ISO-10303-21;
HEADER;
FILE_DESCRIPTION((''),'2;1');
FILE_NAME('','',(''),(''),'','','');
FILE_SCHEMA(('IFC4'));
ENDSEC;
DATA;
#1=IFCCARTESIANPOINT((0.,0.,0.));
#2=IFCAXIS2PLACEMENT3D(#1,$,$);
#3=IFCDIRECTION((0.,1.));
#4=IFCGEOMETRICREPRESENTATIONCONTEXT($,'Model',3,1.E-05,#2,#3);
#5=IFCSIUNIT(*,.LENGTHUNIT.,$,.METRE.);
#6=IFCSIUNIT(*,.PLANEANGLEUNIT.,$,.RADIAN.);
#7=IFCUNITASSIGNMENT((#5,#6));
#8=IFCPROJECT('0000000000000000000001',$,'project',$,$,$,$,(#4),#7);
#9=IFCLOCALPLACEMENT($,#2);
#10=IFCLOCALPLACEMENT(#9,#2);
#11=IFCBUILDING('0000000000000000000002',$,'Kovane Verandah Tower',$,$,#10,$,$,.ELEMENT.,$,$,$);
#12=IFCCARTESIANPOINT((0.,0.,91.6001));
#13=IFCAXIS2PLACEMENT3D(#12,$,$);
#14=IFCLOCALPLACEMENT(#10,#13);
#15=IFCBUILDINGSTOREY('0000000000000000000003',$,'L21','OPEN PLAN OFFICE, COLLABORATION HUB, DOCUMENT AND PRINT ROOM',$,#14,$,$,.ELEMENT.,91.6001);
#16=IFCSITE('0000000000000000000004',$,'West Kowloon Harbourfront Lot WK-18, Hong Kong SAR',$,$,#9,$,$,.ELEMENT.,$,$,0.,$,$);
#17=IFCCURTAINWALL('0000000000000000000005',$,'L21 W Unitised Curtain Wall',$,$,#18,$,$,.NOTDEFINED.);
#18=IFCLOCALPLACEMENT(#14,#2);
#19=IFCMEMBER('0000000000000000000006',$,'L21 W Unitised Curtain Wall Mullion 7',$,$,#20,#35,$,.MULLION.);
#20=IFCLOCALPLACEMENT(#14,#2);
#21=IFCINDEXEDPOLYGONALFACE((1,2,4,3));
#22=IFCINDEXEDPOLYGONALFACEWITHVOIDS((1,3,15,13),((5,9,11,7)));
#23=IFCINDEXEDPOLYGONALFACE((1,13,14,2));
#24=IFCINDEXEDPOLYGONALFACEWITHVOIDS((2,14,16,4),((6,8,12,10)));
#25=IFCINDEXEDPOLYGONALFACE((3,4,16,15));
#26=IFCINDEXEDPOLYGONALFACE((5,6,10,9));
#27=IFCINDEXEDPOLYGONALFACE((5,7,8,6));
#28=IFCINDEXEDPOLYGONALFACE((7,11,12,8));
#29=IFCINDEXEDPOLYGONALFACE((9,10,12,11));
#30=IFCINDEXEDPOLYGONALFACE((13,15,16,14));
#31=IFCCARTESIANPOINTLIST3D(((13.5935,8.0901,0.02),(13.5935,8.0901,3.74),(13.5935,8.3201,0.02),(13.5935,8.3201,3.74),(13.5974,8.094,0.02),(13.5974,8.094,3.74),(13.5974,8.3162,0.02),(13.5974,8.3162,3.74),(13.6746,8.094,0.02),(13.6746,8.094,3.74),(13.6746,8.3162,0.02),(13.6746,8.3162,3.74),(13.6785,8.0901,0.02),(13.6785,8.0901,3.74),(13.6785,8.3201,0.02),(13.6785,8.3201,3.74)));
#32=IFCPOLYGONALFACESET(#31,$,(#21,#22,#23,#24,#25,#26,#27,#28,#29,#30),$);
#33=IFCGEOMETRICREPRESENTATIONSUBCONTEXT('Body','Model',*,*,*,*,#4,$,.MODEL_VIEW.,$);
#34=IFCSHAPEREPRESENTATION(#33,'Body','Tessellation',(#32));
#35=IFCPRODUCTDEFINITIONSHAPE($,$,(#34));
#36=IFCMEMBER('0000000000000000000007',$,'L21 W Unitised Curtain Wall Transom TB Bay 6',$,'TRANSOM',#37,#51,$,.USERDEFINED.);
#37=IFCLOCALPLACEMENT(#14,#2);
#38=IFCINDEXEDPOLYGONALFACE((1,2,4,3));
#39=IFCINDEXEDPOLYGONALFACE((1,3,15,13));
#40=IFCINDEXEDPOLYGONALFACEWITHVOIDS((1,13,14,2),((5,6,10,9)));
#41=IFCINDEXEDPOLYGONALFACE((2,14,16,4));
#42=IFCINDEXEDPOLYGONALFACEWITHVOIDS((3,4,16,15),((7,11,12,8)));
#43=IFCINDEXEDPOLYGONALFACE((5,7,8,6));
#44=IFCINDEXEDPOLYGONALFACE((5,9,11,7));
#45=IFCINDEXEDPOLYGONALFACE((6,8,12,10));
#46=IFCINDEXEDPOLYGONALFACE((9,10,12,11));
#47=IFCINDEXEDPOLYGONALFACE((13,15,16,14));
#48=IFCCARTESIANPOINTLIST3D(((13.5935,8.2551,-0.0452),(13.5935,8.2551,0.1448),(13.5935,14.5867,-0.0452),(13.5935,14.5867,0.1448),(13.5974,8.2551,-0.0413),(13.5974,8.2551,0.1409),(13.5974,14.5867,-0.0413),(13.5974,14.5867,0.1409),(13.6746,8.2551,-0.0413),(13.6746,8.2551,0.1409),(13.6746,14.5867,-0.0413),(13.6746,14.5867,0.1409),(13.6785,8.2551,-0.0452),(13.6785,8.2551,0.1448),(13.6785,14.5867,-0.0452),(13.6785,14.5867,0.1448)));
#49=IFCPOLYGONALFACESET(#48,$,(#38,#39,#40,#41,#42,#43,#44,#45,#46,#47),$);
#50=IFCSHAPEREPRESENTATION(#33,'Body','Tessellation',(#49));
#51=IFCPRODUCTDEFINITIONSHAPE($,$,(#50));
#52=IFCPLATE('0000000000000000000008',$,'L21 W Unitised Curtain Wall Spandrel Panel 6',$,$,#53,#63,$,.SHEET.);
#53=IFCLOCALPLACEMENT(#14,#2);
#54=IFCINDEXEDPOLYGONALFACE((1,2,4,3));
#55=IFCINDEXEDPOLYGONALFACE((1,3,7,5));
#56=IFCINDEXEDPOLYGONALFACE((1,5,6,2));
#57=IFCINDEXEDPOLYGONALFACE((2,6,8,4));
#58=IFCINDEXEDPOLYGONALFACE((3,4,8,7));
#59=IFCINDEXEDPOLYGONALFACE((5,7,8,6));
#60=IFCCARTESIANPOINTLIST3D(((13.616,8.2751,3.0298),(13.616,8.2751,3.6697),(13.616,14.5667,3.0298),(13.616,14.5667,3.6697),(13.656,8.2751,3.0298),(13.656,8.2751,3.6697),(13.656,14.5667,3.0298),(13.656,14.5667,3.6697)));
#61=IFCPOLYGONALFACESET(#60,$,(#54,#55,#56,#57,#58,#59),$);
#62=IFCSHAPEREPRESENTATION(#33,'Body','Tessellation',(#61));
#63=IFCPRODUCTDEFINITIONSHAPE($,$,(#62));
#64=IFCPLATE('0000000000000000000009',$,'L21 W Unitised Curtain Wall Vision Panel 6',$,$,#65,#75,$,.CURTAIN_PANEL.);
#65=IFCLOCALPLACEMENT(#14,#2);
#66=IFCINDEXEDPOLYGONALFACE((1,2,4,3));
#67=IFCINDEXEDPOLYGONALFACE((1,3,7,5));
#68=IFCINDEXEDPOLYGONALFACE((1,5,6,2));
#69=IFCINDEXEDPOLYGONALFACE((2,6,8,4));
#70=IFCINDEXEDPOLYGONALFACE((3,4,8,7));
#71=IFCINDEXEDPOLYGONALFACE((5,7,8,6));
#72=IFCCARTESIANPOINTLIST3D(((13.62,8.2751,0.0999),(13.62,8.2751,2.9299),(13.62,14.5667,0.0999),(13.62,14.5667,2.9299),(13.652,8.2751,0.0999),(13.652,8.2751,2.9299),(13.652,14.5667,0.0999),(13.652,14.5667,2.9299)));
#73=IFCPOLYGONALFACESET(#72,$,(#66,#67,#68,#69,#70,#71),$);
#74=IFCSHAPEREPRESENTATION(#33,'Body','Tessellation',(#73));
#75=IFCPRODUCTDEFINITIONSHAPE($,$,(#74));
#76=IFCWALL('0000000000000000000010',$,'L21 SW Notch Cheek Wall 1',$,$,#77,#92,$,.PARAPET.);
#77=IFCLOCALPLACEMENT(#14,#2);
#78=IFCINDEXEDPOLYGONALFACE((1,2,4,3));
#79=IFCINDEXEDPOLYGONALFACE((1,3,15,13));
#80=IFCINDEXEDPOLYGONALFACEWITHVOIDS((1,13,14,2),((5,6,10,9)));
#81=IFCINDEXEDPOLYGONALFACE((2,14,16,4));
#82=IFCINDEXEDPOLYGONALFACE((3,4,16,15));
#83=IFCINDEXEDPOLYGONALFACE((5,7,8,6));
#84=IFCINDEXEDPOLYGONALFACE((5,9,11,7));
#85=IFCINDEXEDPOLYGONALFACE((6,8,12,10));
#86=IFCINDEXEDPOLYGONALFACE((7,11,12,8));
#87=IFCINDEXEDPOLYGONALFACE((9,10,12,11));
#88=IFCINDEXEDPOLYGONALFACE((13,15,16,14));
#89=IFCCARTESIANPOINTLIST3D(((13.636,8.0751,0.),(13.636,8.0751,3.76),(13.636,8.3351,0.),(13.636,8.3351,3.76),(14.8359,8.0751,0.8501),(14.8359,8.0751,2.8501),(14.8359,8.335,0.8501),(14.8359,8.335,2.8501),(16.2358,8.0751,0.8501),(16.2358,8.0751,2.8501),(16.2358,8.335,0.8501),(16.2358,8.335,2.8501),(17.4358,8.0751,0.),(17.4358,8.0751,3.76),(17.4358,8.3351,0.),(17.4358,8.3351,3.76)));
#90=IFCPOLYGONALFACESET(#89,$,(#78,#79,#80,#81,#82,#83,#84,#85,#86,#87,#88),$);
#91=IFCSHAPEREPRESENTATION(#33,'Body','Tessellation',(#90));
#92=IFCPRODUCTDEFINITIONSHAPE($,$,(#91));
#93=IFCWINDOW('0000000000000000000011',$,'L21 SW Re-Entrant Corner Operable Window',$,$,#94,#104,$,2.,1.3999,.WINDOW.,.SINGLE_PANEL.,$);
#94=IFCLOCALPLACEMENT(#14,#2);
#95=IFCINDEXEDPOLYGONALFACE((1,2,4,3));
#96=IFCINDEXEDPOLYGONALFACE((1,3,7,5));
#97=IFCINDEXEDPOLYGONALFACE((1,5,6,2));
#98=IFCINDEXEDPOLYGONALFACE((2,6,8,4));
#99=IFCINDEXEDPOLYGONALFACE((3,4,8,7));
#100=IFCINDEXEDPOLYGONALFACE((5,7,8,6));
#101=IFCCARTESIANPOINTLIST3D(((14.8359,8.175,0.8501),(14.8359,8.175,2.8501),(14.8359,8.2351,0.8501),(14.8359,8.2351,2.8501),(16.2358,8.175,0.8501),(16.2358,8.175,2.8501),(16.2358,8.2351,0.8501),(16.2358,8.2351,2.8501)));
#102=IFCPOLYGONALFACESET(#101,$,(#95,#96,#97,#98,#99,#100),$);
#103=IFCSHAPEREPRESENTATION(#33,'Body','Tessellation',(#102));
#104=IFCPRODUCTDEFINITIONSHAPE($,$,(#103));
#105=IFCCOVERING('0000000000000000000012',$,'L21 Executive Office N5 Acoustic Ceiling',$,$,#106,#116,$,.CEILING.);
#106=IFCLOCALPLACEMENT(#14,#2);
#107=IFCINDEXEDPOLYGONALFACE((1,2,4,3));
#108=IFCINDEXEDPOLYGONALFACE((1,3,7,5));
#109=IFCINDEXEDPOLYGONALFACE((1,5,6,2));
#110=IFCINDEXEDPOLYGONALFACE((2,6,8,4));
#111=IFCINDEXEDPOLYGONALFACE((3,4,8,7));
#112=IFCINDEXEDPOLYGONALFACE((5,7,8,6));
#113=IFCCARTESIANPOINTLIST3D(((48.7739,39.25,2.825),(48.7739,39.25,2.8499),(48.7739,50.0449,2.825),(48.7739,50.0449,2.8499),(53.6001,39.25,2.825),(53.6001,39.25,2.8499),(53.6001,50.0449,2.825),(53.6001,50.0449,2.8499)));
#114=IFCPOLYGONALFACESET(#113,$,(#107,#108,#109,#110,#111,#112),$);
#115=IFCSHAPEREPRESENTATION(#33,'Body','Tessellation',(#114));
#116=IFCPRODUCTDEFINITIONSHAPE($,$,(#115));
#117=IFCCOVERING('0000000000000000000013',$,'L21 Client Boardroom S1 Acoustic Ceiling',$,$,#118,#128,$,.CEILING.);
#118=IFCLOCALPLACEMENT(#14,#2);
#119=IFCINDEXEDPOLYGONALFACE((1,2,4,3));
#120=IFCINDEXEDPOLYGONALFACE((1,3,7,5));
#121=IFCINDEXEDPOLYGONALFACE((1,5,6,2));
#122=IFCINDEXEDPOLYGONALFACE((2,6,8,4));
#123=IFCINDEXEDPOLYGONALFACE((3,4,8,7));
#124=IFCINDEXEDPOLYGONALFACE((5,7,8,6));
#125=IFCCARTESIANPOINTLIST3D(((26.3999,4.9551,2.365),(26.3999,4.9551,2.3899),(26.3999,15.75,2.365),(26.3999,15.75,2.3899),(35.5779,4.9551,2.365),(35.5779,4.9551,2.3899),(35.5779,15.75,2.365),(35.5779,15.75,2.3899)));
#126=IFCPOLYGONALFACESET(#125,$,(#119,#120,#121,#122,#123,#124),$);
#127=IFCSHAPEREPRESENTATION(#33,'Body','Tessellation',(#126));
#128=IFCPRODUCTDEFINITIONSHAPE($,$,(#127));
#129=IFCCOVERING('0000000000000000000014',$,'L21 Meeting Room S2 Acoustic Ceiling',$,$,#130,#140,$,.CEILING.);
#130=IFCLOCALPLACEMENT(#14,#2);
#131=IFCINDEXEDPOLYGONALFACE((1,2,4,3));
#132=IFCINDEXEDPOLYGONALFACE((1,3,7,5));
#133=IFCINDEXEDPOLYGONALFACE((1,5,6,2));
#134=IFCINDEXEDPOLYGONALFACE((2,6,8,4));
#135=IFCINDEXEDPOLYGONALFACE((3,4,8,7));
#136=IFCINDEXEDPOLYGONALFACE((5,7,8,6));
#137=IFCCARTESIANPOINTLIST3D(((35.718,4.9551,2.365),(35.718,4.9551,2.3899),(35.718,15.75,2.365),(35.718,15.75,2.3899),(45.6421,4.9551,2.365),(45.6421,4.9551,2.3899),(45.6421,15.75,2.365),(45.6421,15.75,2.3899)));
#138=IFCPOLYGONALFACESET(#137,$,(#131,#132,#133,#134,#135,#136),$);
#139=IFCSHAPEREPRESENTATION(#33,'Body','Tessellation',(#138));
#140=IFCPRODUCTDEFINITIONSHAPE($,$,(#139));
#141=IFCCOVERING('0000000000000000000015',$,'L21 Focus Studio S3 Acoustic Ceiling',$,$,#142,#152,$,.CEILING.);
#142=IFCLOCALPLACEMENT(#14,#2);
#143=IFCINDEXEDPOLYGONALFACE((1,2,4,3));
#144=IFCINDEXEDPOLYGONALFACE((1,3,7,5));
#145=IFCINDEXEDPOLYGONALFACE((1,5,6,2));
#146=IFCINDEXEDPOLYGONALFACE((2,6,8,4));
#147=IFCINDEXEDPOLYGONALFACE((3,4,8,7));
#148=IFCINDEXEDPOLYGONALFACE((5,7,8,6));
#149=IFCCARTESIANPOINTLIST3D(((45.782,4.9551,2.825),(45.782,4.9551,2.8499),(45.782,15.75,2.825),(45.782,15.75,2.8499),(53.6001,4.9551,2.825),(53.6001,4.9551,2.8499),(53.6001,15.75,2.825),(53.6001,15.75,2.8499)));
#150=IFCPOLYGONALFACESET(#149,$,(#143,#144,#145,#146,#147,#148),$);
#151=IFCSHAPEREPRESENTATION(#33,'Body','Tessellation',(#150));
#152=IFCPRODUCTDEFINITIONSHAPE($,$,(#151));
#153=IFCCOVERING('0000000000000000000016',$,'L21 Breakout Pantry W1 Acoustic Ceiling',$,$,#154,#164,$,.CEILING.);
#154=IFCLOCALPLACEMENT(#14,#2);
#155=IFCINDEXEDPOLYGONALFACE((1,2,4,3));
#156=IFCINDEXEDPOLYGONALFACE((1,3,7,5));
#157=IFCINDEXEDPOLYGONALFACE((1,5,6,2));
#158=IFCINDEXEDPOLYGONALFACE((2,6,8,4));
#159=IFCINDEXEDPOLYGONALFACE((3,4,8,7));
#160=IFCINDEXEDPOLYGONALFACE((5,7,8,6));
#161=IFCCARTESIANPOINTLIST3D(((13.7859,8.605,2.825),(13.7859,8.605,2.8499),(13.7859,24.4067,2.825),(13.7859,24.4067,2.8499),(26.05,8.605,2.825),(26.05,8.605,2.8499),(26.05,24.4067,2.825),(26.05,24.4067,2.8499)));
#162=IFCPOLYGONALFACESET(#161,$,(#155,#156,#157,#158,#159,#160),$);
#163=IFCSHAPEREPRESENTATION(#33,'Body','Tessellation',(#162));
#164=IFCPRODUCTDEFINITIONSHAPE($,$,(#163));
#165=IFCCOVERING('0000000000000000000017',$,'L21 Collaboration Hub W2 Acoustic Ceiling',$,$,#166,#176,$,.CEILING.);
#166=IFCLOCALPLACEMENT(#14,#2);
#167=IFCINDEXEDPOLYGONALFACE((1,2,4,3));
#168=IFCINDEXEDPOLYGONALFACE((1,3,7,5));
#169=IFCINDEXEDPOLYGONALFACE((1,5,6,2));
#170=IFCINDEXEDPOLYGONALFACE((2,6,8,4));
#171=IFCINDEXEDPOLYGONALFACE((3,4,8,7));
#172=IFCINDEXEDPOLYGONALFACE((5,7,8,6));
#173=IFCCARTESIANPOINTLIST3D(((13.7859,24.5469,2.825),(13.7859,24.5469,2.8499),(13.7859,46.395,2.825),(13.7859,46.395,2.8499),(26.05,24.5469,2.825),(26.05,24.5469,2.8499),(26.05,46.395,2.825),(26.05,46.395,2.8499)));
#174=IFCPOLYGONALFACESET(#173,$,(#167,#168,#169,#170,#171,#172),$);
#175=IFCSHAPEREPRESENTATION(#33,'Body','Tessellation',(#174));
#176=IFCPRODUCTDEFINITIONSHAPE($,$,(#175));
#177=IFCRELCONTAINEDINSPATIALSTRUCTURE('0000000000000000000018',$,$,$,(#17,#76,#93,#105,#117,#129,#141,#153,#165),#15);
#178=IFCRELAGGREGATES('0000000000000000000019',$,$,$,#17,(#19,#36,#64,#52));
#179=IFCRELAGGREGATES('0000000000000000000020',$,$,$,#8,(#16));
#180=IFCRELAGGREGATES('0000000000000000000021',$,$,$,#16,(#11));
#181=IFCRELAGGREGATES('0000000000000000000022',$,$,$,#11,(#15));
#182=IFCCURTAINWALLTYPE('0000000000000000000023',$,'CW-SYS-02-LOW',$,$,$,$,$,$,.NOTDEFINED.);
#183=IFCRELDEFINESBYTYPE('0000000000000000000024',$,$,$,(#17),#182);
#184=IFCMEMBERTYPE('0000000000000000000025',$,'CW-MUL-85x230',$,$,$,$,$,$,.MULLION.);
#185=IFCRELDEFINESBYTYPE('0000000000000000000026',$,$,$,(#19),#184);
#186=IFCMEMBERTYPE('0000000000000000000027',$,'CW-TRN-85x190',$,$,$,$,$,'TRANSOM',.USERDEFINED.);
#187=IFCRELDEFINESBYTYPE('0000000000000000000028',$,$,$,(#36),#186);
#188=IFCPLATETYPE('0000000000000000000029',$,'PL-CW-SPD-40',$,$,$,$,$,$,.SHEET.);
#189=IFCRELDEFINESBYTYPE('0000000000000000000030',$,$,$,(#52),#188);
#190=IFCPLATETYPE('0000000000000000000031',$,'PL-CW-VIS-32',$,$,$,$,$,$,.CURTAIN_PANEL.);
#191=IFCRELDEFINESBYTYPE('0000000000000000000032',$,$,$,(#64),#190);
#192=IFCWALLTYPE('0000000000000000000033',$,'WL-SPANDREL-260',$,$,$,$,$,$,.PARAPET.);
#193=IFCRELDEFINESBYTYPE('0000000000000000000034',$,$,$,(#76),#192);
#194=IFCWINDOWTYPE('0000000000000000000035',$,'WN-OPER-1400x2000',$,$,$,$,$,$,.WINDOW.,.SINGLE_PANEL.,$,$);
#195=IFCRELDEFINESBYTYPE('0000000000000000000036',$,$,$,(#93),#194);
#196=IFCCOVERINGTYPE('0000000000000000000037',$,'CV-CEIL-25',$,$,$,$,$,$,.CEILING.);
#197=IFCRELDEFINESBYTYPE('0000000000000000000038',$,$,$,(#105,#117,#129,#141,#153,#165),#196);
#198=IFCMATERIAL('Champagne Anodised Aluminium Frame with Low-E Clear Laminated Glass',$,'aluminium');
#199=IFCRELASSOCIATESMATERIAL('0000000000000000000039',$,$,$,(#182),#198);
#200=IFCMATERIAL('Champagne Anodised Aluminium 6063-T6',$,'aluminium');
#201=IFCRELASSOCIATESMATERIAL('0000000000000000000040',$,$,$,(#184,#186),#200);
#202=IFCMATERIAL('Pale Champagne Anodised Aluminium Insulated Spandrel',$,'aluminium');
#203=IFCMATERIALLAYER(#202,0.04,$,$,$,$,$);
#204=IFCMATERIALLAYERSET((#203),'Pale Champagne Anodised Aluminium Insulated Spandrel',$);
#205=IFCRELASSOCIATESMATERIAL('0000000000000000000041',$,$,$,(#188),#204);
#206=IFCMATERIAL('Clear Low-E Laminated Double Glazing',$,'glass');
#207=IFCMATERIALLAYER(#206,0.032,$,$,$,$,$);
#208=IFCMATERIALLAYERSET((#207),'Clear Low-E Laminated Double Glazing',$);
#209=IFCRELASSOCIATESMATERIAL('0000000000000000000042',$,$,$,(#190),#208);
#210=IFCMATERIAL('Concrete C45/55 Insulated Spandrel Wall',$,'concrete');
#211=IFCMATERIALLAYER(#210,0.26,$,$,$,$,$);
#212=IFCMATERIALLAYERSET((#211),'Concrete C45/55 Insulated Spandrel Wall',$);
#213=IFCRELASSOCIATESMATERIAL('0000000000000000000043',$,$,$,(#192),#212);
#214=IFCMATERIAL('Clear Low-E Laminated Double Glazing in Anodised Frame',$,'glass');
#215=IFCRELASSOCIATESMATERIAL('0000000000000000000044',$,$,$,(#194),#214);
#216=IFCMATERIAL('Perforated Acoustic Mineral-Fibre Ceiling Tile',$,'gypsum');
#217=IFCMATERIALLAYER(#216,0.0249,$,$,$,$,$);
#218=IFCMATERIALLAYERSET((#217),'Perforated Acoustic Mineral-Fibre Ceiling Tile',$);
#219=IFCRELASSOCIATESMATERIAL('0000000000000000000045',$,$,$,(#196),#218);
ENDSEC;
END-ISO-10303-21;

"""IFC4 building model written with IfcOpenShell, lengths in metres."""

from ifc_helpers import new_model, si_unit, direction, frame, frame_2d, origin, origin_2d, place, context, subcontext, project, spatial, polyline, rectangle, hollow_rectangle, outline, extrude, material, layer, layer_set, material_profile, profile_set, type_object, element, fill, aggregate, save


model = new_model("IFC4")

# Units and contexts
model_context = context("Model", 3, precision=1e-05, world=origin(), true_north=direction((0.0, 1.0)))
body_context = subcontext(model_context, "Body", "Model", "MODEL_VIEW")
ifc_project = project(units=[si_unit("LENGTHUNIT", "METRE"), si_unit("PLANEANGLEUNIT", "RADIAN")], contexts=[model_context])

# Site, building, storey
site_placement = place(None, origin())
site = spatial("IfcSite", under=ifc_project, at=site_placement, Name="West Kowloon Harbourfront Lot WK-18, Hong Kong SAR", CompositionType="ELEMENT", RefElevation=0.0)
building_placement = place(site_placement, origin())
building = spatial("IfcBuilding", under=site, at=building_placement, Name="Kovane Verandah Tower", CompositionType="ELEMENT")
storey_placement = place(building_placement, frame((0.0, 0.0, 91.6001)))
storey = spatial("IfcBuildingStorey", under=building, at=storey_placement, Name="L21", Description="OPEN PLAN OFFICE, COLLABORATION HUB, DOCUMENT AND PRINT ROOM", CompositionType="ELEMENT", Elevation=91.6001)

# Curtain wall, members, plates
ifc_material_1 = material(Name="Champagne Anodised Aluminium Frame with Low-E Clear Laminated Glass", Category="aluminium")
curtain_wall_type = type_object("IfcCurtainWallType", Name="CW-SYS-02-LOW", PredefinedType="NOTDEFINED", material=ifc_material_1)
curtain_wall_placement = place(storey_placement, origin())
curtain_wall = element("IfcCurtainWall", 1, at=curtain_wall_placement, inside=storey, type_object=curtain_wall_type, Name="L21 W Unitised Curtain Wall", PredefinedType="NOTDEFINED")
ifc_material_2 = material(Name="Champagne Anodised Aluminium 6063-T6", Category="aluminium")
ifc_material_profile_1 = material_profile(ifc_material_2, hollow_rectangle(XDim=0.085, YDim=0.23, WallThickness=0.0039, at=origin_2d()), Name="AL85x230x4")
ifc_profile_set_1 = profile_set([ifc_material_profile_1], Name="Champagne Anodised Aluminium 6063-T6")
member_type_1 = type_object("IfcMemberType", Name="CW-MUL-85x230", PredefinedType="MULLION", material=ifc_profile_set_1)
member_1_placement = place(storey_placement, frame((13.636, 8.2051, 0.02), z_axis=(0.0, 0.0, 1.0), x_axis=(-1.0, 0.0, 0.0)))
member_1 = element("IfcMember", 2, at=member_1_placement, type_object=member_type_1, Name="L21 W Unitised Curtain Wall Mullion 7", PredefinedType="MULLION", context=body_context, shape_type="SweptSolid", body=[
    extrude(hollow_rectangle(XDim=0.085, YDim=0.23, WallThickness=0.0039, at=origin_2d()), origin(), (0.0, 0.0, 1.0), 3.72),
])
ifc_material_profile_2 = material_profile(ifc_material_2, hollow_rectangle(XDim=0.085, YDim=0.1899, WallThickness=0.0039, at=origin_2d()), Name="AL85x190x4")
ifc_profile_set_2 = profile_set([ifc_material_profile_2], Name="Champagne Anodised Aluminium 6063-T6")
member_type_2 = type_object("IfcMemberType", Name="CW-TRN-85x190", ElementType="TRANSOM", PredefinedType="USERDEFINED", material=ifc_profile_set_2)
member_2_placement = place(storey_placement, frame((13.636, 14.5867, 0.0498), z_axis=(0.0, -1.0, 0.0), x_axis=(1.0, 0.0, 0.0)))
member_2 = element("IfcMember", 3, at=member_2_placement, type_object=member_type_2, Name="L21 W Unitised Curtain Wall Transom TB Bay 6", ObjectType="TRANSOM", PredefinedType="USERDEFINED", context=body_context, shape_type="SweptSolid", body=[
    extrude(hollow_rectangle(XDim=0.085, YDim=0.1899, WallThickness=0.0039, at=origin_2d()), origin(), (0.0, 0.0, 1.0), 6.3315),
])
ifc_material_3 = material(Name="Pale Champagne Anodised Aluminium Insulated Spandrel", Category="aluminium")
ifc_layer_1 = layer(ifc_material_3, 0.04)
ifc_layer_set_1 = layer_set([ifc_layer_1], Name="Pale Champagne Anodised Aluminium Insulated Spandrel")
plate_type_1 = type_object("IfcPlateType", Name="PL-CW-SPD-40", PredefinedType="SHEET", material=ifc_layer_set_1)
plate_1_placement = place(storey_placement, frame((13.636, 11.4209, 3.0298), z_axis=(0.0, 0.0, 1.0), x_axis=(0.0, -1.0, 0.0)))
plate_1 = element("IfcPlate", 4, at=plate_1_placement, type_object=plate_type_1, Name="L21 W Unitised Curtain Wall Spandrel Panel 6", PredefinedType="SHEET", context=body_context, shape_type="SweptSolid", body=[
    extrude(rectangle(XDim=6.2915, YDim=0.04, at=origin_2d()), origin(), (0.0, 0.0, 1.0), 0.6399),
])
ifc_material_4 = material(Name="Clear Low-E Laminated Double Glazing", Category="glass")
ifc_layer_2 = layer(ifc_material_4, 0.032)
ifc_layer_set_2 = layer_set([ifc_layer_2], Name="Clear Low-E Laminated Double Glazing")
plate_type_2 = type_object("IfcPlateType", Name="PL-CW-VIS-32", PredefinedType="CURTAIN_PANEL", material=ifc_layer_set_2)
plate_2_placement = place(storey_placement, frame((13.636, 11.4209, 0.0999), z_axis=(0.0, 0.0, 1.0), x_axis=(0.0, -1.0, 0.0)))
plate_2 = element("IfcPlate", 5, at=plate_2_placement, type_object=plate_type_2, Name="L21 W Unitised Curtain Wall Vision Panel 6", PredefinedType="CURTAIN_PANEL", context=body_context, shape_type="SweptSolid", body=[
    extrude(rectangle(XDim=6.2915, YDim=0.032, at=origin_2d()), origin(), (0.0, 0.0, 1.0), 2.8301),
])
aggregate(curtain_wall, [member_1, member_2, plate_2, plate_1])

# Wall, opening, window
ifc_material_5 = material(Name="Concrete C45/55 Insulated Spandrel Wall", Category="concrete")
ifc_layer_3 = layer(ifc_material_5, 0.26)
ifc_layer_set_3 = layer_set([ifc_layer_3], Name="Concrete C45/55 Insulated Spandrel Wall")
wall_type = type_object("IfcWallType", Name="WL-SPANDREL-260", PredefinedType="PARAPET", material=ifc_layer_set_3)
wall_placement = place(storey_placement, frame((13.636, 8.2051, 0.0), z_axis=(0.0, 0.0, 1.0), x_axis=(1.0, 0.0, 0.0)))
wall = element("IfcWall", 6, at=wall_placement, inside=storey, type_object=wall_type, Name="L21 SW Notch Cheek Wall 1", PredefinedType="PARAPET", context=body_context, shape_type="SweptSolid", body=[
    extrude(rectangle(XDim=3.7998, YDim=0.26, at=frame_2d((1.8999, 0.0))), origin(), (0.0, 0.0, 1.0), 3.76),
])
opening_placement = place(wall_placement, frame((1.2, 0.0, 0.8501)))
opening = element("IfcOpeningElement", 7, at=opening_placement, cuts=wall, PredefinedType="OPENING", context=body_context, shape_type="SweptSolid", body=[
    extrude(rectangle(XDim=1.3999, YDim=2.0, at=frame_2d((0.7, 1.0))), frame((0.0, 0.1299, 0.0), z_axis=(0.0, -1.0, 0.0), x_axis=(1.0, 0.0, 0.0)), (0.0, 0.0, 1.0), 0.26),
])
ifc_material_6 = material(Name="Clear Low-E Laminated Double Glazing in Anodised Frame", Category="glass")
window_type = type_object("IfcWindowType", Name="WN-OPER-1400x2000", PartitioningType="SINGLE_PANEL", PredefinedType="WINDOW", material=ifc_material_6)
window_placement = place(opening_placement, origin())
window = element("IfcWindow", 8, at=window_placement, inside=storey, type_object=window_type, Name="L21 SW Re-Entrant Corner Operable Window", OverallHeight=2.0, OverallWidth=1.3999, PartitioningType="SINGLE_PANEL", PredefinedType="WINDOW", context=body_context, shape_type="SweptSolid", body=[
    extrude(rectangle(XDim=1.3999, YDim=2.0, at=frame_2d((0.7, 1.0))), frame((0.0, 0.03, 0.0), z_axis=(0.0, -1.0, 0.0), x_axis=(1.0, 0.0, 0.0)), (0.0, 0.0, 1.0), 0.0601),
])
fill(opening, window)

# Coverings
ifc_material_7 = material(Name="Perforated Acoustic Mineral-Fibre Ceiling Tile", Category="gypsum")
ifc_layer_4 = layer(ifc_material_7, 0.0249)
ifc_layer_set_4 = layer_set([ifc_layer_4], Name="Perforated Acoustic Mineral-Fibre Ceiling Tile")
covering_type_1 = type_object("IfcCoveringType", Name="CV-CEIL-25", PredefinedType="CEILING", material=ifc_layer_set_4)
covering_1_placement = place(storey_placement, frame((0.0, 0.0, 2.825)))
element("IfcCovering", 9, at=covering_1_placement, inside=storey, type_object=covering_type_1, Name="L21 Executive Office N5 Acoustic Ceiling", PredefinedType="CEILING", context=body_context, shape_type="SweptSolid", body=[
    extrude(outline(polyline([(48.7739, 39.25), (53.6001, 39.25), (53.6001, 50.0449), (48.7739, 50.0449), (48.7739, 39.25)])), origin(), (0.0, 0.0, 1.0), 0.0249),
])
covering_2_placement = place(storey_placement, frame((0.0, 0.0, 2.365)))
element("IfcCovering", 10, at=covering_2_placement, inside=storey, type_object=covering_type_1, Name="L21 Client Boardroom S1 Acoustic Ceiling", PredefinedType="CEILING", context=body_context, shape_type="SweptSolid", body=[
    extrude(outline(polyline([(26.3999, 4.9551), (35.5779, 4.9551), (35.5779, 15.75), (26.3999, 15.75), (26.3999, 4.9551)])), origin(), (0.0, 0.0, 1.0), 0.0249),
])
covering_3_placement = place(storey_placement, frame((0.0, 0.0, 2.365)))
element("IfcCovering", 11, at=covering_3_placement, inside=storey, type_object=covering_type_1, Name="L21 Meeting Room S2 Acoustic Ceiling", PredefinedType="CEILING", context=body_context, shape_type="SweptSolid", body=[
    extrude(outline(polyline([(35.718, 4.9551), (45.6421, 4.9551), (45.6421, 15.75), (35.718, 15.75), (35.718, 4.9551)])), origin(), (0.0, 0.0, 1.0), 0.0249),
])
covering_4_placement = place(storey_placement, frame((0.0, 0.0, 2.825)))
element("IfcCovering", 12, at=covering_4_placement, inside=storey, type_object=covering_type_1, Name="L21 Focus Studio S3 Acoustic Ceiling", PredefinedType="CEILING", context=body_context, shape_type="SweptSolid", body=[
    extrude(outline(polyline([(45.782, 4.9551), (53.6001, 4.9551), (53.6001, 15.75), (45.782, 15.75), (45.782, 4.9551)])), origin(), (0.0, 0.0, 1.0), 0.0249),
])
covering_5_placement = place(storey_placement, frame((0.0, 0.0, 2.825)))
element("IfcCovering", 13, at=covering_5_placement, inside=storey, type_object=covering_type_1, Name="L21 Breakout Pantry W1 Acoustic Ceiling", PredefinedType="CEILING", context=body_context, shape_type="SweptSolid", body=[
    extrude(outline(polyline([(13.7859, 8.605), (26.05, 8.605), (26.05, 24.4067), (13.7859, 24.4067), (13.7859, 8.605)])), origin(), (0.0, 0.0, 1.0), 0.0249),
])
covering_6_placement = place(storey_placement, frame((0.0, 0.0, 2.825)))
element("IfcCovering", 14, at=covering_6_placement, inside=storey, type_object=covering_type_1, Name="L21 Collaboration Hub W2 Acoustic Ceiling", PredefinedType="CEILING", context=body_context, shape_type="SweptSolid", body=[
    extrude(outline(polyline([(13.7859, 24.5469), (26.05, 24.5469), (26.05, 46.395), (13.7859, 46.395), (13.7859, 24.5469)])), origin(), (0.0, 0.0, 1.0), 0.0249),
])

save(model, "model.ifc")
